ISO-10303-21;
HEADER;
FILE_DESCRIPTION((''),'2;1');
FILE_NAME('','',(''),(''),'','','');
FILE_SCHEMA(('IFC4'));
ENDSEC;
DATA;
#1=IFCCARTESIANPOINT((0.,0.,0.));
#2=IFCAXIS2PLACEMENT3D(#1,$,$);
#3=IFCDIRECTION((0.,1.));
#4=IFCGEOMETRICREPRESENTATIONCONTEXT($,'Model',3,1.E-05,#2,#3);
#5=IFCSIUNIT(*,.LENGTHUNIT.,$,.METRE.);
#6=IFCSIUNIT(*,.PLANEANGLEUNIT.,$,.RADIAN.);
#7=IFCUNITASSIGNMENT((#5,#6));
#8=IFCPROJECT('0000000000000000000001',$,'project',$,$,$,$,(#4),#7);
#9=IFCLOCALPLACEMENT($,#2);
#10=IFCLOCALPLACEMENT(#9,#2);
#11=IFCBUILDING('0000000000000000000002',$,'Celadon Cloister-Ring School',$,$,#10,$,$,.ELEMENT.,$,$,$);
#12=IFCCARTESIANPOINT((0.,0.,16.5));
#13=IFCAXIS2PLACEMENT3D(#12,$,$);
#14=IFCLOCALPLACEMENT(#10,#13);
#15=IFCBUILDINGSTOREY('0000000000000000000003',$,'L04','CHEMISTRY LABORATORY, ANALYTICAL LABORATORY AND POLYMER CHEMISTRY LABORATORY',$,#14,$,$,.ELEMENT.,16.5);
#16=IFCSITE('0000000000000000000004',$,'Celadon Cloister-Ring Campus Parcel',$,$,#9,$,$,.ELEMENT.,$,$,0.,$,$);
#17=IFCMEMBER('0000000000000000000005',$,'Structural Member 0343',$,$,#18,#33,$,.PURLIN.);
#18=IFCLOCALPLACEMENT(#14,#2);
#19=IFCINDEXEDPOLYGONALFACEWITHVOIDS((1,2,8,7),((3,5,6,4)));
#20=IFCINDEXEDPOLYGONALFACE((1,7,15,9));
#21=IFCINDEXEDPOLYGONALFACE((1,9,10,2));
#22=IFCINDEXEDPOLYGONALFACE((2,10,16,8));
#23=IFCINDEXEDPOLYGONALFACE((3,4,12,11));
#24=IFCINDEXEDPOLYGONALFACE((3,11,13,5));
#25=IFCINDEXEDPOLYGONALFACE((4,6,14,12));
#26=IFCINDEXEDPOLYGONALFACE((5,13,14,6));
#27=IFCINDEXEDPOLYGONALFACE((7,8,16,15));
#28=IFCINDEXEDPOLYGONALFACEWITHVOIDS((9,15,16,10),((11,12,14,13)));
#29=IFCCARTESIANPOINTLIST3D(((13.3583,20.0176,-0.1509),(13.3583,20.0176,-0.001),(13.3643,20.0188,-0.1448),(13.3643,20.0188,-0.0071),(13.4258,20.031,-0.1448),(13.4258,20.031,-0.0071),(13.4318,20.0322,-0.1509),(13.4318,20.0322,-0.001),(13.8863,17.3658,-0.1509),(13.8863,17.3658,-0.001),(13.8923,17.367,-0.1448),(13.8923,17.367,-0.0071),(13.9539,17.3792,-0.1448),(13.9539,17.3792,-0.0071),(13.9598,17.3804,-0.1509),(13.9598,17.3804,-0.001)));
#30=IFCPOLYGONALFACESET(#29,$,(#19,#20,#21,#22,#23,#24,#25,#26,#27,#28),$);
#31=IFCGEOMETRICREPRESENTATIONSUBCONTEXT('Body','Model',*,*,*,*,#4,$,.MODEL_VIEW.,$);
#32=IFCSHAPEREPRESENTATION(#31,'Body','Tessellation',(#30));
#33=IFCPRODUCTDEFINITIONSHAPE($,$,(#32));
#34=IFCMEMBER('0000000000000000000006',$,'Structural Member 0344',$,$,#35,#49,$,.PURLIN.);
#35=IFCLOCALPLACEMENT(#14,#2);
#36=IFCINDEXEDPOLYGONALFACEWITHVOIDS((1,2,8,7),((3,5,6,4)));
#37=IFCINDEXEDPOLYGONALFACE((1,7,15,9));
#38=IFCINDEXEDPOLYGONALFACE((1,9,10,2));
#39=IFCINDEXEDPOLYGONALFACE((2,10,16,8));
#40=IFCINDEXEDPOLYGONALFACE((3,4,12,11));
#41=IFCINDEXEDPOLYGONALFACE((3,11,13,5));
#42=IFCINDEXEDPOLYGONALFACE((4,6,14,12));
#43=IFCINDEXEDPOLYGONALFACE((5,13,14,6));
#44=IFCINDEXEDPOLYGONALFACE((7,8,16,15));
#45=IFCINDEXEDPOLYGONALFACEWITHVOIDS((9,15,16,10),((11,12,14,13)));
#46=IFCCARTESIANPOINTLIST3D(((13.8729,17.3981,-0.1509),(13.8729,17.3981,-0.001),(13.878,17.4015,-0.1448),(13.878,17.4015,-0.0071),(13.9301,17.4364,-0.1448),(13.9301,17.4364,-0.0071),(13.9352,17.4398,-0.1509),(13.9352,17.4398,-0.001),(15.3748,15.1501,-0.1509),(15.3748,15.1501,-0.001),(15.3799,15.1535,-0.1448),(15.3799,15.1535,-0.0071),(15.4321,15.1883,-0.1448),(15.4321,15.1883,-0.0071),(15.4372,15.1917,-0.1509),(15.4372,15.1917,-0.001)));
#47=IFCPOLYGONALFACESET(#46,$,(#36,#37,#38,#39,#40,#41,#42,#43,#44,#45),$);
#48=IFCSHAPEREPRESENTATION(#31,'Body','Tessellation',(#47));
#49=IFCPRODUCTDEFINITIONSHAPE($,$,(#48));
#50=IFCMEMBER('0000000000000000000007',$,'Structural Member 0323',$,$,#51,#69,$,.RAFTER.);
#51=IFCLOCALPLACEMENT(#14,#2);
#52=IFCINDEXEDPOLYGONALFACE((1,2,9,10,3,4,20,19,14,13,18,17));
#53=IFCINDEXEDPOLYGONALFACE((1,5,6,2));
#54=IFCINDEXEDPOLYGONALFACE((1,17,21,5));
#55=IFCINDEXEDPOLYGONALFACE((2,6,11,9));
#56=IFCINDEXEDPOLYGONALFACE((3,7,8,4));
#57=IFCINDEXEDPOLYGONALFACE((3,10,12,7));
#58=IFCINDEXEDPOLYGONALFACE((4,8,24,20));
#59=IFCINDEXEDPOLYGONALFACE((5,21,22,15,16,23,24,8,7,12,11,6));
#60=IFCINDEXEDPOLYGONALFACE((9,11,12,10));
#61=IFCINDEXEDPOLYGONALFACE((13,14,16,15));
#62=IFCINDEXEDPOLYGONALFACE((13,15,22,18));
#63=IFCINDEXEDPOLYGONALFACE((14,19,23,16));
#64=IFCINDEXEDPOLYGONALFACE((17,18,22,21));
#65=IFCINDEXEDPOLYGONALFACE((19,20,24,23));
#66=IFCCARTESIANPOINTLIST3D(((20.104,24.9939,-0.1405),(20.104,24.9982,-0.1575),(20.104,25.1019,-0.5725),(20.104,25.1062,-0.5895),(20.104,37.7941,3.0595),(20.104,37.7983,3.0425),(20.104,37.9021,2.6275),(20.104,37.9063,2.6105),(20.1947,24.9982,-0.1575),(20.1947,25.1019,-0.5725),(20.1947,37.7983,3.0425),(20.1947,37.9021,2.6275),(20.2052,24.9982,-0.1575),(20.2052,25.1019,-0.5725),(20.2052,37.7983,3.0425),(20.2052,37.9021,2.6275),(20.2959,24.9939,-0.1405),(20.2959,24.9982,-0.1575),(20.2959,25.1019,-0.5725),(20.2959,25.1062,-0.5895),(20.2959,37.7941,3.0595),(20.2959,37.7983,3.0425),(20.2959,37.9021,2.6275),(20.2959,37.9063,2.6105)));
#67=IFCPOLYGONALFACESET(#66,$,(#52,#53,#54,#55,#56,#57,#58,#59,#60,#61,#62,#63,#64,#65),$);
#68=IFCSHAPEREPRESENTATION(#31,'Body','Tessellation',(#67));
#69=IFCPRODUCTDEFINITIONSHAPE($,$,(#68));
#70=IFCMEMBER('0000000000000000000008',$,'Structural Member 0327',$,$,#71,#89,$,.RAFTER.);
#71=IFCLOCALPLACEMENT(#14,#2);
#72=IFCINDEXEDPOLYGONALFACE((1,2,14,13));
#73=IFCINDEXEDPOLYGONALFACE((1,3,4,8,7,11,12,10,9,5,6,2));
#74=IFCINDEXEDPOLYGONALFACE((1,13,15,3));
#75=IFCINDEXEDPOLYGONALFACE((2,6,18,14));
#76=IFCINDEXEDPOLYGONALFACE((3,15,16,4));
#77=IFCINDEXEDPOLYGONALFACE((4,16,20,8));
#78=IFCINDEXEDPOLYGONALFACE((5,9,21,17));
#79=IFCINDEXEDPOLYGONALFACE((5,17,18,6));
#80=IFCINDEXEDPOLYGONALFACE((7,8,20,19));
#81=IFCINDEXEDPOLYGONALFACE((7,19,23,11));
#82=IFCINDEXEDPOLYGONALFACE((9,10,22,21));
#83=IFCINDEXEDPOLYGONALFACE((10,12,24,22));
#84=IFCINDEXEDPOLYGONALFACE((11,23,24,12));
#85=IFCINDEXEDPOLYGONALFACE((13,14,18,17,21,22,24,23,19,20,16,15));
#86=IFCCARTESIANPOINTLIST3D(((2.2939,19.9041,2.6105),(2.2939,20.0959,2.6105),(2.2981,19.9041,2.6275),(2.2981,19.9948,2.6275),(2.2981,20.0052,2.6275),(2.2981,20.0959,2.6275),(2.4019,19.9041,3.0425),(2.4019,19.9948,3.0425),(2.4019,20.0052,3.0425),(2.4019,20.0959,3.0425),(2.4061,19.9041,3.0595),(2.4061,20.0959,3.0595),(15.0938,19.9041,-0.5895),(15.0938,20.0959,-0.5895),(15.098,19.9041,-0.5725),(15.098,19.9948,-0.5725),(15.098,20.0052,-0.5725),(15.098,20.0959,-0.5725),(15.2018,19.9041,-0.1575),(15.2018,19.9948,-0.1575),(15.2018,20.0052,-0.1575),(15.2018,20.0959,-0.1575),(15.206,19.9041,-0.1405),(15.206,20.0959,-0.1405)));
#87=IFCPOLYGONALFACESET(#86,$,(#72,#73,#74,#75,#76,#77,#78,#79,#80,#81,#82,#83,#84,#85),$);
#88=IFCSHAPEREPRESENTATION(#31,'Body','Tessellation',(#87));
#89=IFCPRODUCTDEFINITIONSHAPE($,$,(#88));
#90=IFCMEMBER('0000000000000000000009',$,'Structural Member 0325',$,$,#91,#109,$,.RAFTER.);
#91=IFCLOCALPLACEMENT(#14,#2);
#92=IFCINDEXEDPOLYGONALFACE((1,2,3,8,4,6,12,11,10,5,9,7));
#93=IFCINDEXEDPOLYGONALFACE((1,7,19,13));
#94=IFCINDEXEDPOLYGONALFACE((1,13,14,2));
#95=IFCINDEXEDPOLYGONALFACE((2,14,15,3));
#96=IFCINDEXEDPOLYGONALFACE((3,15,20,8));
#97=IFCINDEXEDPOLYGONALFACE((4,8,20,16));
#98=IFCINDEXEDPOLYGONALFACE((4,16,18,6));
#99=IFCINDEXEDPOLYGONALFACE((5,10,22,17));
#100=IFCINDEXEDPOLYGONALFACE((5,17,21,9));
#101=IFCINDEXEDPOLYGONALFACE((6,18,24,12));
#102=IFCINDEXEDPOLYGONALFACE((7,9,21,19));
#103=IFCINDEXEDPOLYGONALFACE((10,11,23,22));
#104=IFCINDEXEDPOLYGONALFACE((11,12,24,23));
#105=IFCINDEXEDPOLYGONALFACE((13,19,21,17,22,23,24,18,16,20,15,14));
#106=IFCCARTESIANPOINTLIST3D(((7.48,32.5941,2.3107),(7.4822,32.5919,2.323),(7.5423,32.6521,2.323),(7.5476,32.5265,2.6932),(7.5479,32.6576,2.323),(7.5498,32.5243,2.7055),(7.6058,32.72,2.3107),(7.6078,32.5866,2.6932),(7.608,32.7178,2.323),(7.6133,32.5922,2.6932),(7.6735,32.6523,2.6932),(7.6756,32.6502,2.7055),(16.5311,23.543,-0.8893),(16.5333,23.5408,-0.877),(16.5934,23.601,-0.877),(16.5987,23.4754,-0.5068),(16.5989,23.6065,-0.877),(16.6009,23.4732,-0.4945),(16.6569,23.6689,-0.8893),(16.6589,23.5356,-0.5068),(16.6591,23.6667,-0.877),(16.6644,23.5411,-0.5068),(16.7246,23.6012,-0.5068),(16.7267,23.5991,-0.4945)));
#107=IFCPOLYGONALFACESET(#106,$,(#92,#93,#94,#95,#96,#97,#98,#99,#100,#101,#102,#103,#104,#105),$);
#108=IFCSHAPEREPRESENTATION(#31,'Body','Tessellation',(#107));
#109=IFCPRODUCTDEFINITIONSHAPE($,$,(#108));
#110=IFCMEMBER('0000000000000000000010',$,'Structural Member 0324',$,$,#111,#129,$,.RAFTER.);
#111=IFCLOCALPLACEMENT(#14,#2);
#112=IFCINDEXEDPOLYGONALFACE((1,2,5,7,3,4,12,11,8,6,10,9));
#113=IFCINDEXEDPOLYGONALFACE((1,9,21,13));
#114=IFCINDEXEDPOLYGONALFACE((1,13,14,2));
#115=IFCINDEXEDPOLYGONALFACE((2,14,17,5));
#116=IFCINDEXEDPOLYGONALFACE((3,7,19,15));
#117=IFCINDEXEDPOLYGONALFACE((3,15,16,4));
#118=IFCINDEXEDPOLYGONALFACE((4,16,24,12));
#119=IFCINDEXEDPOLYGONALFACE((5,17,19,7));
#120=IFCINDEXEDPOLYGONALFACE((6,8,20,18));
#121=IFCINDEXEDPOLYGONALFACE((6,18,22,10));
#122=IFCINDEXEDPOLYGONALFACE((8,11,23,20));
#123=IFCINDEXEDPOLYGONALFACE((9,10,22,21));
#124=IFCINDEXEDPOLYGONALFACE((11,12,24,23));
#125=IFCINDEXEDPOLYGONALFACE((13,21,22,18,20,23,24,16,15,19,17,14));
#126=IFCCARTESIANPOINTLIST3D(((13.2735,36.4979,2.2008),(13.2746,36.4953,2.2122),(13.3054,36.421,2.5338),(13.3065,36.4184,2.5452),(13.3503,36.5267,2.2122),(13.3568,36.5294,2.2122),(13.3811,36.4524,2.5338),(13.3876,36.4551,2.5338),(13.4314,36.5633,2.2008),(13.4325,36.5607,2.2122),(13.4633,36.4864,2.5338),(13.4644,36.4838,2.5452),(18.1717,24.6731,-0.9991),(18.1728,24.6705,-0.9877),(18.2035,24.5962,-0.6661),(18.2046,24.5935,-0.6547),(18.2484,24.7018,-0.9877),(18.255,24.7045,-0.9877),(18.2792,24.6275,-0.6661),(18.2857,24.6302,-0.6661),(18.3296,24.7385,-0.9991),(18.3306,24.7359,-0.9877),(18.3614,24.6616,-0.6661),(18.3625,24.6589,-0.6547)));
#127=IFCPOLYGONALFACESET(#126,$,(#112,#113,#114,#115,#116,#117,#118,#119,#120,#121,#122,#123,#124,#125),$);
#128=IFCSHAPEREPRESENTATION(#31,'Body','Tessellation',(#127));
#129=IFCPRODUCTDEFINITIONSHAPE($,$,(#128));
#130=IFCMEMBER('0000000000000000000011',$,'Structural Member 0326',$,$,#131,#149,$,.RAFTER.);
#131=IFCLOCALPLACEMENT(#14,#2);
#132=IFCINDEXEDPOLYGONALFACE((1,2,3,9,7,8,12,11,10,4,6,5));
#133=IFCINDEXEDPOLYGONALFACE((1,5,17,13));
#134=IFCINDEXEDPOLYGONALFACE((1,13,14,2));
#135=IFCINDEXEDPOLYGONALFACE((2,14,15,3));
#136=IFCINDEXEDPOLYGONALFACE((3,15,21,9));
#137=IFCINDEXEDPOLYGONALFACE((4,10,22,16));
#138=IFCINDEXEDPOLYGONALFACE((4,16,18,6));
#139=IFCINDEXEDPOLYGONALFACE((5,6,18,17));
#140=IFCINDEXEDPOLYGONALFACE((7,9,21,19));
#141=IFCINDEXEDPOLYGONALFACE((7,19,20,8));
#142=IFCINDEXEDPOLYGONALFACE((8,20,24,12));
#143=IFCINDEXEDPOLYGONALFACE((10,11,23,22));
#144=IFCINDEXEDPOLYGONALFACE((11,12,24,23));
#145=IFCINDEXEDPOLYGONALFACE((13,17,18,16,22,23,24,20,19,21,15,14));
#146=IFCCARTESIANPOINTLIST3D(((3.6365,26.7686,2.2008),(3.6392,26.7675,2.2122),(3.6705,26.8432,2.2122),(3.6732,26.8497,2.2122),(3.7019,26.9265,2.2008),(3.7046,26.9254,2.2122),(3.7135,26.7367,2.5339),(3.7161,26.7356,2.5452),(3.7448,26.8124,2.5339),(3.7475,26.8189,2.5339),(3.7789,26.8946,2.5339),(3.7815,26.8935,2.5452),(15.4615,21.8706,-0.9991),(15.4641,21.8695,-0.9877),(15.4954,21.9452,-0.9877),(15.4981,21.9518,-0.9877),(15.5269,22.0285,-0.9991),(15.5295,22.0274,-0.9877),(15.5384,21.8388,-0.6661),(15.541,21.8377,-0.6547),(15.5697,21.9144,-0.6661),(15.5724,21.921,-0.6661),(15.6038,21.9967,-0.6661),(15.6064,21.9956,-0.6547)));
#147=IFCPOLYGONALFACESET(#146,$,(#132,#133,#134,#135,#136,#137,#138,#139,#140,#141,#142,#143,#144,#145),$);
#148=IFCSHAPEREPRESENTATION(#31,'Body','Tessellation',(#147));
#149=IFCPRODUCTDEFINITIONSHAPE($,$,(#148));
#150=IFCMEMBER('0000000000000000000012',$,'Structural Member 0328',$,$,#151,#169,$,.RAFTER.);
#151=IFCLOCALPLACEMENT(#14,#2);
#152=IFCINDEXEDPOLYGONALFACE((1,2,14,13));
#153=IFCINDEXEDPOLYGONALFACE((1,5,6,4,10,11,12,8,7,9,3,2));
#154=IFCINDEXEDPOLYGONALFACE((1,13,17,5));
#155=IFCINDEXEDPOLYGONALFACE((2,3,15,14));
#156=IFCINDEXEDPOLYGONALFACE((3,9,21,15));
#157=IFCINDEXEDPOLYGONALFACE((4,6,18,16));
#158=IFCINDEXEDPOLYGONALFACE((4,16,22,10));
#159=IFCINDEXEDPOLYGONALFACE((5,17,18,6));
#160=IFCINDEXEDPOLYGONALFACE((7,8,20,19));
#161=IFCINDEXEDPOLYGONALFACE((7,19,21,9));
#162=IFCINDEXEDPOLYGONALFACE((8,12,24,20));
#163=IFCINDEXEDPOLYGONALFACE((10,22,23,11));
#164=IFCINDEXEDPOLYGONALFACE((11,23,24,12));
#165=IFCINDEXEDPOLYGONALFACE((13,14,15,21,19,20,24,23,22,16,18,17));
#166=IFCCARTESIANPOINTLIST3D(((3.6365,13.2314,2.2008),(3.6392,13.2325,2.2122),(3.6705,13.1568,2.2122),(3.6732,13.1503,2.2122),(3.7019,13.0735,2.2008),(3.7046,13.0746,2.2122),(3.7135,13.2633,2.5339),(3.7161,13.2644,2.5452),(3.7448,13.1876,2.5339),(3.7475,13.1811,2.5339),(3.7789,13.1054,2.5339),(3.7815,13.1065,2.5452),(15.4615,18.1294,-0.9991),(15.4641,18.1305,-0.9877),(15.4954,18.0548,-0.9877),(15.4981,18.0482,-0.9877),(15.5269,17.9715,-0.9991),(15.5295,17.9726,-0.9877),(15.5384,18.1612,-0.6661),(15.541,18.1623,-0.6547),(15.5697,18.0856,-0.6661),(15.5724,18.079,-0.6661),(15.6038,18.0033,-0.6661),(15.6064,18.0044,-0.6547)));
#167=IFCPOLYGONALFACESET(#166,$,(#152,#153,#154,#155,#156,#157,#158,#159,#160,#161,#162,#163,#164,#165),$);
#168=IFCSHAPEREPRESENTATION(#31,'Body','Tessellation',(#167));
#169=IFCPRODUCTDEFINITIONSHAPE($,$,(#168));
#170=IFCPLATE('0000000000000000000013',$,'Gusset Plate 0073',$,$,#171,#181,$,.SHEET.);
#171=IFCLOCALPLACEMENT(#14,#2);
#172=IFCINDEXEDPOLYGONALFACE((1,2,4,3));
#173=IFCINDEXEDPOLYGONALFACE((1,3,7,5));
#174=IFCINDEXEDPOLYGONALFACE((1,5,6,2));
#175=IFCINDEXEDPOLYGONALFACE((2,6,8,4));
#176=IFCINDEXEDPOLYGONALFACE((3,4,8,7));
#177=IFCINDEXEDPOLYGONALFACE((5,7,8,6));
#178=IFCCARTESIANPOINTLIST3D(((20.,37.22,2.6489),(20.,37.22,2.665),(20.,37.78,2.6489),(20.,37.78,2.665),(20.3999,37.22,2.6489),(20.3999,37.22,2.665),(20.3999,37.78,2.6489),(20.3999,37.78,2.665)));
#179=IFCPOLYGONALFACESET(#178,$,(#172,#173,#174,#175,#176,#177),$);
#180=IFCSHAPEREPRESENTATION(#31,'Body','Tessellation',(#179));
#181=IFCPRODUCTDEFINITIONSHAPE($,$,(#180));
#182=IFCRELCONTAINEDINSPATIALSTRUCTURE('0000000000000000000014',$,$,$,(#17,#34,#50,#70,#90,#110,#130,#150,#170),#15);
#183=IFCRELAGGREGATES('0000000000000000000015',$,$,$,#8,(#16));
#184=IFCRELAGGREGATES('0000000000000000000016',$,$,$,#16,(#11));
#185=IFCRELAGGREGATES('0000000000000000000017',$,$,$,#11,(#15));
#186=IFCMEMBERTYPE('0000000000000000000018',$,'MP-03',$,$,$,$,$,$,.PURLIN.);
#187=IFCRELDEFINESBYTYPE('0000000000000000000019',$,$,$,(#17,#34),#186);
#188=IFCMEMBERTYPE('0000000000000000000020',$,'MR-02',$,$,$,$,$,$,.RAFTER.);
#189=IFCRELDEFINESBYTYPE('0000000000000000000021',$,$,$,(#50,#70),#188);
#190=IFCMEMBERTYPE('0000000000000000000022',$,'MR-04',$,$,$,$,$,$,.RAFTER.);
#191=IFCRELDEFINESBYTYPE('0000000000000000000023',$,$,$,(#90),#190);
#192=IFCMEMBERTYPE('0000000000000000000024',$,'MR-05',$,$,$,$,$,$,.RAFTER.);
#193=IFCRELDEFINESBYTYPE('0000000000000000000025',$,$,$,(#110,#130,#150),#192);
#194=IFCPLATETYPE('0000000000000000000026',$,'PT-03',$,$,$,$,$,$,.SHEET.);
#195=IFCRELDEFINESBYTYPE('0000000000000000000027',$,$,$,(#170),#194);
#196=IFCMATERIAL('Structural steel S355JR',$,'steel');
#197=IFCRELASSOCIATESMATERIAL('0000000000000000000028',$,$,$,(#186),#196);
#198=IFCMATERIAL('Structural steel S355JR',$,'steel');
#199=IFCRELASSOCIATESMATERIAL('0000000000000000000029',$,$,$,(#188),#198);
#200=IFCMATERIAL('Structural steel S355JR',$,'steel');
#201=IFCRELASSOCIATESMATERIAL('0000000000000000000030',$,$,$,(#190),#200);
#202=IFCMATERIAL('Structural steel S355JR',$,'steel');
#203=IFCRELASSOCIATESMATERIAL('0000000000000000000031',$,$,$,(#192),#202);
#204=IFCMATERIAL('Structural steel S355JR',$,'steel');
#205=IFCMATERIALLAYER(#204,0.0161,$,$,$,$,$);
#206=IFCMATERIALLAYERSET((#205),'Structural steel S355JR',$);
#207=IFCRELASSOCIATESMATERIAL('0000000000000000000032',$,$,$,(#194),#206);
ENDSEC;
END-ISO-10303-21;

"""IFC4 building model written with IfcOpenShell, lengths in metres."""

from ifc_helpers import new_model, si_unit, direction, frame, origin, origin_2d, place, context, subcontext, project, spatial, rectangle, hollow_rectangle, i_section, extrude, material, layer, layer_set, material_profile, profile_set, type_object, element, save


model = new_model("IFC4")

# Units and contexts
model_context = context("Model", 3, precision=1e-05, world=origin(), true_north=direction((0.0, 1.0)))
body_context = subcontext(model_context, "Body", "Model", "MODEL_VIEW")
ifc_project = project(units=[si_unit("LENGTHUNIT", "METRE"), si_unit("PLANEANGLEUNIT", "RADIAN")], contexts=[model_context])

# Site, building, storey
site_placement = place(None, origin())
site = spatial("IfcSite", under=ifc_project, at=site_placement, Name="Celadon Cloister-Ring Campus Parcel", CompositionType="ELEMENT", RefElevation=0.0)
building_placement = place(site_placement, origin())
building = spatial("IfcBuilding", under=site, at=building_placement, Name="Celadon Cloister-Ring School", CompositionType="ELEMENT")
storey_placement = place(building_placement, frame((0.0, 0.0, 16.5)))
storey = spatial("IfcBuildingStorey", under=building, at=storey_placement, Name="L04", Description="CHEMISTRY LABORATORY, ANALYTICAL LABORATORY AND POLYMER CHEMISTRY LABORATORY", CompositionType="ELEMENT", Elevation=16.5)

# Members
ifc_material_1 = material(Name="Structural steel S355JR", Category="steel")
ifc_material_profile_1 = material_profile(ifc_material_1, hollow_rectangle(XDim=0.075, YDim=0.1499, WallThickness=0.0061, at=origin_2d()), Name="HSS150X75X6")
ifc_profile_set_1 = profile_set([ifc_material_profile_1], Name="Structural steel S355JR")
member_type_1 = type_object("IfcMemberType", Name="MP-03", PredefinedType="PURLIN", material=ifc_profile_set_1)
for number, where, z_axis, x_axis, name in (
    (1, (13.395, 20.0249, -0.0759), (0.1953, -0.980744, 0.0), (0.980744, 0.1953, 0.0), "Structural Member 0343"),
):
    element("IfcMember", number, at=place(storey_placement, frame(where, z_axis=z_axis, x_axis=x_axis)), inside=storey, type_object=member_type_1, Name=name, PredefinedType="PURLIN", context=body_context, shape_type="SweptSolid", body=[
        extrude(hollow_rectangle(XDim=0.075, YDim=0.1499, WallThickness=0.0061, at=origin_2d()), origin(), (0.0, 0.0, 1.0), 2.7039),
    ])
member_1_placement = place(storey_placement, frame((13.9041, 17.4189, -0.0759), z_axis=(0.555533, -0.831494, 0.0), x_axis=(0.831494, 0.555533, 0.0)))
element("IfcMember", 2, at=member_1_placement, inside=storey, type_object=member_type_1, Name="Structural Member 0344", PredefinedType="PURLIN", context=body_context, shape_type="SweptSolid", body=[
    extrude(hollow_rectangle(XDim=0.075, YDim=0.1499, WallThickness=0.0061, at=origin_2d()), origin(), (0.0, 0.0, 1.0), 2.7036),
])
ifc_material_2 = material(Name="Structural steel S355JR", Category="steel")
ifc_material_profile_2 = material_profile(ifc_material_2, i_section(OverallWidth=0.1919, OverallDepth=0.4629, WebThickness=0.0105, FlangeThickness=0.0176, at=origin_2d()), Name="W460X89")
ifc_profile_set_2 = profile_set([ifc_material_profile_2], Name="Structural steel S355JR")
member_type_2 = type_object("IfcMemberType", Name="MR-02", PredefinedType="RAFTER", material=ifc_profile_set_2)
member_2_placement = place(storey_placement, frame((20.2, 25.05, -0.365), z_axis=(0.0, 0.970144, 0.242531), x_axis=(-1.0, 0.0, 0.0)))
element("IfcMember", 3, at=member_2_placement, inside=storey, type_object=member_type_2, Name="Structural Member 0323", PredefinedType="RAFTER", context=body_context, shape_type="SweptSolid", body=[
    extrude(i_section(OverallWidth=0.1919, OverallDepth=0.4629, WebThickness=0.0105, FlangeThickness=0.0176, at=origin_2d()), origin(), (0.0, 0.0, 1.0), 13.1941),
])
member_3_placement = place(storey_placement, frame((15.1499, 20.0, -0.365), z_axis=(-0.970143, 0.0, 0.242536), x_axis=(0.0, -1.0, 0.0)))
element("IfcMember", 4, at=member_3_placement, inside=storey, type_object=member_type_2, Name="Structural Member 0327", PredefinedType="RAFTER", context=body_context, shape_type="SweptSolid", body=[
    extrude(i_section(OverallWidth=0.1919, OverallDepth=0.4629, WebThickness=0.0105, FlangeThickness=0.0176, at=origin_2d()), origin(), (0.0, 0.0, 1.0), 13.1938),
])
ifc_material_3 = material(Name="Structural steel S355JR", Category="steel")
ifc_material_profile_3 = material_profile(ifc_material_3, i_section(OverallWidth=0.178, OverallDepth=0.407, WebThickness=0.0078, FlangeThickness=0.0127, at=origin_2d()), Name="W410X60")
ifc_profile_set_3 = profile_set([ifc_material_profile_3], Name="Structural steel S355JR")
member_type_3 = type_object("IfcMemberType", Name="MR-04", PredefinedType="RAFTER", material=ifc_profile_set_3)
member_4_placement = place(storey_placement, frame((16.6289, 23.571, -0.6919), z_axis=(-0.685995, 0.685995, 0.242531), x_axis=(-0.707107, -0.707107, 0.0)))
element("IfcMember", 5, at=member_4_placement, inside=storey, type_object=member_type_3, Name="Structural Member 0325", PredefinedType="RAFTER", context=body_context, shape_type="SweptSolid", body=[
    extrude(i_section(OverallWidth=0.178, OverallDepth=0.407, WebThickness=0.0078, FlangeThickness=0.0127, at=origin_2d()), origin(), (0.0, 0.0, 1.0), 13.1941),
])
ifc_material_4 = material(Name="Structural steel S355JR", Category="steel")
ifc_material_profile_4 = material_profile(ifc_material_4, i_section(OverallWidth=0.1709, OverallDepth=0.355, WebThickness=0.0071, FlangeThickness=0.0117, at=origin_2d()), Name="W360X51")
ifc_profile_set_4 = profile_set([ifc_material_profile_4], Name="Structural steel S355JR")
member_type_4 = type_object("IfcMemberType", Name="MR-05", PredefinedType="RAFTER", material=ifc_profile_set_4)
for number, where, z_axis, x_axis, name in (
    (6, (18.2671, 24.666, -0.8269), (-0.371266, 0.896289, 0.242545), (-0.923876, -0.382693, 0.0), "Structural Member 0324"),
    (7, (15.5339, 21.9331, -0.8269), (-0.896295, 0.37125, 0.242547), (-0.382676, -0.923882, 0.0), "Structural Member 0326"),
    (8, (15.5339, 18.0669, -0.8269), (-0.896295, -0.37125, 0.242547), (0.382676, -0.923882, 0.0), "Structural Member 0328"),
):
    element("IfcMember", number, at=place(storey_placement, frame(where, z_axis=z_axis, x_axis=x_axis)), inside=storey, type_object=member_type_4, Name=name, PredefinedType="RAFTER", context=body_context, shape_type="SweptSolid", body=[
        extrude(i_section(OverallWidth=0.1709, OverallDepth=0.355, WebThickness=0.0071, FlangeThickness=0.0117, at=origin_2d()), origin(), (0.0, 0.0, 1.0), 13.1931),
    ])

# Plate
ifc_material_5 = material(Name="Structural steel S355JR", Category="steel")
ifc_layer_1 = layer(ifc_material_5, 0.0161)
ifc_layer_set_1 = layer_set([ifc_layer_1], Name="Structural steel S355JR")
plate_type = type_object("IfcPlateType", Name="PT-03", PredefinedType="SHEET", material=ifc_layer_set_1)
for number, where, z_axis, x_axis, name in (
    (9, (20.2, 37.5, 2.6489), (0.0, 0.0, 1.0), (0.0, 1.0, 0.0), "Gusset Plate 0073"),
):
    element("IfcPlate", number, at=place(storey_placement, frame(where, z_axis=z_axis, x_axis=x_axis)), inside=storey, type_object=plate_type, Name=name, PredefinedType="SHEET", context=body_context, shape_type="SweptSolid", body=[
        extrude(rectangle(XDim=0.5601, YDim=0.3999, at=origin_2d()), origin(), (0.0, 0.0, 1.0), 0.0161),
    ])

save(model, "model.ifc")
